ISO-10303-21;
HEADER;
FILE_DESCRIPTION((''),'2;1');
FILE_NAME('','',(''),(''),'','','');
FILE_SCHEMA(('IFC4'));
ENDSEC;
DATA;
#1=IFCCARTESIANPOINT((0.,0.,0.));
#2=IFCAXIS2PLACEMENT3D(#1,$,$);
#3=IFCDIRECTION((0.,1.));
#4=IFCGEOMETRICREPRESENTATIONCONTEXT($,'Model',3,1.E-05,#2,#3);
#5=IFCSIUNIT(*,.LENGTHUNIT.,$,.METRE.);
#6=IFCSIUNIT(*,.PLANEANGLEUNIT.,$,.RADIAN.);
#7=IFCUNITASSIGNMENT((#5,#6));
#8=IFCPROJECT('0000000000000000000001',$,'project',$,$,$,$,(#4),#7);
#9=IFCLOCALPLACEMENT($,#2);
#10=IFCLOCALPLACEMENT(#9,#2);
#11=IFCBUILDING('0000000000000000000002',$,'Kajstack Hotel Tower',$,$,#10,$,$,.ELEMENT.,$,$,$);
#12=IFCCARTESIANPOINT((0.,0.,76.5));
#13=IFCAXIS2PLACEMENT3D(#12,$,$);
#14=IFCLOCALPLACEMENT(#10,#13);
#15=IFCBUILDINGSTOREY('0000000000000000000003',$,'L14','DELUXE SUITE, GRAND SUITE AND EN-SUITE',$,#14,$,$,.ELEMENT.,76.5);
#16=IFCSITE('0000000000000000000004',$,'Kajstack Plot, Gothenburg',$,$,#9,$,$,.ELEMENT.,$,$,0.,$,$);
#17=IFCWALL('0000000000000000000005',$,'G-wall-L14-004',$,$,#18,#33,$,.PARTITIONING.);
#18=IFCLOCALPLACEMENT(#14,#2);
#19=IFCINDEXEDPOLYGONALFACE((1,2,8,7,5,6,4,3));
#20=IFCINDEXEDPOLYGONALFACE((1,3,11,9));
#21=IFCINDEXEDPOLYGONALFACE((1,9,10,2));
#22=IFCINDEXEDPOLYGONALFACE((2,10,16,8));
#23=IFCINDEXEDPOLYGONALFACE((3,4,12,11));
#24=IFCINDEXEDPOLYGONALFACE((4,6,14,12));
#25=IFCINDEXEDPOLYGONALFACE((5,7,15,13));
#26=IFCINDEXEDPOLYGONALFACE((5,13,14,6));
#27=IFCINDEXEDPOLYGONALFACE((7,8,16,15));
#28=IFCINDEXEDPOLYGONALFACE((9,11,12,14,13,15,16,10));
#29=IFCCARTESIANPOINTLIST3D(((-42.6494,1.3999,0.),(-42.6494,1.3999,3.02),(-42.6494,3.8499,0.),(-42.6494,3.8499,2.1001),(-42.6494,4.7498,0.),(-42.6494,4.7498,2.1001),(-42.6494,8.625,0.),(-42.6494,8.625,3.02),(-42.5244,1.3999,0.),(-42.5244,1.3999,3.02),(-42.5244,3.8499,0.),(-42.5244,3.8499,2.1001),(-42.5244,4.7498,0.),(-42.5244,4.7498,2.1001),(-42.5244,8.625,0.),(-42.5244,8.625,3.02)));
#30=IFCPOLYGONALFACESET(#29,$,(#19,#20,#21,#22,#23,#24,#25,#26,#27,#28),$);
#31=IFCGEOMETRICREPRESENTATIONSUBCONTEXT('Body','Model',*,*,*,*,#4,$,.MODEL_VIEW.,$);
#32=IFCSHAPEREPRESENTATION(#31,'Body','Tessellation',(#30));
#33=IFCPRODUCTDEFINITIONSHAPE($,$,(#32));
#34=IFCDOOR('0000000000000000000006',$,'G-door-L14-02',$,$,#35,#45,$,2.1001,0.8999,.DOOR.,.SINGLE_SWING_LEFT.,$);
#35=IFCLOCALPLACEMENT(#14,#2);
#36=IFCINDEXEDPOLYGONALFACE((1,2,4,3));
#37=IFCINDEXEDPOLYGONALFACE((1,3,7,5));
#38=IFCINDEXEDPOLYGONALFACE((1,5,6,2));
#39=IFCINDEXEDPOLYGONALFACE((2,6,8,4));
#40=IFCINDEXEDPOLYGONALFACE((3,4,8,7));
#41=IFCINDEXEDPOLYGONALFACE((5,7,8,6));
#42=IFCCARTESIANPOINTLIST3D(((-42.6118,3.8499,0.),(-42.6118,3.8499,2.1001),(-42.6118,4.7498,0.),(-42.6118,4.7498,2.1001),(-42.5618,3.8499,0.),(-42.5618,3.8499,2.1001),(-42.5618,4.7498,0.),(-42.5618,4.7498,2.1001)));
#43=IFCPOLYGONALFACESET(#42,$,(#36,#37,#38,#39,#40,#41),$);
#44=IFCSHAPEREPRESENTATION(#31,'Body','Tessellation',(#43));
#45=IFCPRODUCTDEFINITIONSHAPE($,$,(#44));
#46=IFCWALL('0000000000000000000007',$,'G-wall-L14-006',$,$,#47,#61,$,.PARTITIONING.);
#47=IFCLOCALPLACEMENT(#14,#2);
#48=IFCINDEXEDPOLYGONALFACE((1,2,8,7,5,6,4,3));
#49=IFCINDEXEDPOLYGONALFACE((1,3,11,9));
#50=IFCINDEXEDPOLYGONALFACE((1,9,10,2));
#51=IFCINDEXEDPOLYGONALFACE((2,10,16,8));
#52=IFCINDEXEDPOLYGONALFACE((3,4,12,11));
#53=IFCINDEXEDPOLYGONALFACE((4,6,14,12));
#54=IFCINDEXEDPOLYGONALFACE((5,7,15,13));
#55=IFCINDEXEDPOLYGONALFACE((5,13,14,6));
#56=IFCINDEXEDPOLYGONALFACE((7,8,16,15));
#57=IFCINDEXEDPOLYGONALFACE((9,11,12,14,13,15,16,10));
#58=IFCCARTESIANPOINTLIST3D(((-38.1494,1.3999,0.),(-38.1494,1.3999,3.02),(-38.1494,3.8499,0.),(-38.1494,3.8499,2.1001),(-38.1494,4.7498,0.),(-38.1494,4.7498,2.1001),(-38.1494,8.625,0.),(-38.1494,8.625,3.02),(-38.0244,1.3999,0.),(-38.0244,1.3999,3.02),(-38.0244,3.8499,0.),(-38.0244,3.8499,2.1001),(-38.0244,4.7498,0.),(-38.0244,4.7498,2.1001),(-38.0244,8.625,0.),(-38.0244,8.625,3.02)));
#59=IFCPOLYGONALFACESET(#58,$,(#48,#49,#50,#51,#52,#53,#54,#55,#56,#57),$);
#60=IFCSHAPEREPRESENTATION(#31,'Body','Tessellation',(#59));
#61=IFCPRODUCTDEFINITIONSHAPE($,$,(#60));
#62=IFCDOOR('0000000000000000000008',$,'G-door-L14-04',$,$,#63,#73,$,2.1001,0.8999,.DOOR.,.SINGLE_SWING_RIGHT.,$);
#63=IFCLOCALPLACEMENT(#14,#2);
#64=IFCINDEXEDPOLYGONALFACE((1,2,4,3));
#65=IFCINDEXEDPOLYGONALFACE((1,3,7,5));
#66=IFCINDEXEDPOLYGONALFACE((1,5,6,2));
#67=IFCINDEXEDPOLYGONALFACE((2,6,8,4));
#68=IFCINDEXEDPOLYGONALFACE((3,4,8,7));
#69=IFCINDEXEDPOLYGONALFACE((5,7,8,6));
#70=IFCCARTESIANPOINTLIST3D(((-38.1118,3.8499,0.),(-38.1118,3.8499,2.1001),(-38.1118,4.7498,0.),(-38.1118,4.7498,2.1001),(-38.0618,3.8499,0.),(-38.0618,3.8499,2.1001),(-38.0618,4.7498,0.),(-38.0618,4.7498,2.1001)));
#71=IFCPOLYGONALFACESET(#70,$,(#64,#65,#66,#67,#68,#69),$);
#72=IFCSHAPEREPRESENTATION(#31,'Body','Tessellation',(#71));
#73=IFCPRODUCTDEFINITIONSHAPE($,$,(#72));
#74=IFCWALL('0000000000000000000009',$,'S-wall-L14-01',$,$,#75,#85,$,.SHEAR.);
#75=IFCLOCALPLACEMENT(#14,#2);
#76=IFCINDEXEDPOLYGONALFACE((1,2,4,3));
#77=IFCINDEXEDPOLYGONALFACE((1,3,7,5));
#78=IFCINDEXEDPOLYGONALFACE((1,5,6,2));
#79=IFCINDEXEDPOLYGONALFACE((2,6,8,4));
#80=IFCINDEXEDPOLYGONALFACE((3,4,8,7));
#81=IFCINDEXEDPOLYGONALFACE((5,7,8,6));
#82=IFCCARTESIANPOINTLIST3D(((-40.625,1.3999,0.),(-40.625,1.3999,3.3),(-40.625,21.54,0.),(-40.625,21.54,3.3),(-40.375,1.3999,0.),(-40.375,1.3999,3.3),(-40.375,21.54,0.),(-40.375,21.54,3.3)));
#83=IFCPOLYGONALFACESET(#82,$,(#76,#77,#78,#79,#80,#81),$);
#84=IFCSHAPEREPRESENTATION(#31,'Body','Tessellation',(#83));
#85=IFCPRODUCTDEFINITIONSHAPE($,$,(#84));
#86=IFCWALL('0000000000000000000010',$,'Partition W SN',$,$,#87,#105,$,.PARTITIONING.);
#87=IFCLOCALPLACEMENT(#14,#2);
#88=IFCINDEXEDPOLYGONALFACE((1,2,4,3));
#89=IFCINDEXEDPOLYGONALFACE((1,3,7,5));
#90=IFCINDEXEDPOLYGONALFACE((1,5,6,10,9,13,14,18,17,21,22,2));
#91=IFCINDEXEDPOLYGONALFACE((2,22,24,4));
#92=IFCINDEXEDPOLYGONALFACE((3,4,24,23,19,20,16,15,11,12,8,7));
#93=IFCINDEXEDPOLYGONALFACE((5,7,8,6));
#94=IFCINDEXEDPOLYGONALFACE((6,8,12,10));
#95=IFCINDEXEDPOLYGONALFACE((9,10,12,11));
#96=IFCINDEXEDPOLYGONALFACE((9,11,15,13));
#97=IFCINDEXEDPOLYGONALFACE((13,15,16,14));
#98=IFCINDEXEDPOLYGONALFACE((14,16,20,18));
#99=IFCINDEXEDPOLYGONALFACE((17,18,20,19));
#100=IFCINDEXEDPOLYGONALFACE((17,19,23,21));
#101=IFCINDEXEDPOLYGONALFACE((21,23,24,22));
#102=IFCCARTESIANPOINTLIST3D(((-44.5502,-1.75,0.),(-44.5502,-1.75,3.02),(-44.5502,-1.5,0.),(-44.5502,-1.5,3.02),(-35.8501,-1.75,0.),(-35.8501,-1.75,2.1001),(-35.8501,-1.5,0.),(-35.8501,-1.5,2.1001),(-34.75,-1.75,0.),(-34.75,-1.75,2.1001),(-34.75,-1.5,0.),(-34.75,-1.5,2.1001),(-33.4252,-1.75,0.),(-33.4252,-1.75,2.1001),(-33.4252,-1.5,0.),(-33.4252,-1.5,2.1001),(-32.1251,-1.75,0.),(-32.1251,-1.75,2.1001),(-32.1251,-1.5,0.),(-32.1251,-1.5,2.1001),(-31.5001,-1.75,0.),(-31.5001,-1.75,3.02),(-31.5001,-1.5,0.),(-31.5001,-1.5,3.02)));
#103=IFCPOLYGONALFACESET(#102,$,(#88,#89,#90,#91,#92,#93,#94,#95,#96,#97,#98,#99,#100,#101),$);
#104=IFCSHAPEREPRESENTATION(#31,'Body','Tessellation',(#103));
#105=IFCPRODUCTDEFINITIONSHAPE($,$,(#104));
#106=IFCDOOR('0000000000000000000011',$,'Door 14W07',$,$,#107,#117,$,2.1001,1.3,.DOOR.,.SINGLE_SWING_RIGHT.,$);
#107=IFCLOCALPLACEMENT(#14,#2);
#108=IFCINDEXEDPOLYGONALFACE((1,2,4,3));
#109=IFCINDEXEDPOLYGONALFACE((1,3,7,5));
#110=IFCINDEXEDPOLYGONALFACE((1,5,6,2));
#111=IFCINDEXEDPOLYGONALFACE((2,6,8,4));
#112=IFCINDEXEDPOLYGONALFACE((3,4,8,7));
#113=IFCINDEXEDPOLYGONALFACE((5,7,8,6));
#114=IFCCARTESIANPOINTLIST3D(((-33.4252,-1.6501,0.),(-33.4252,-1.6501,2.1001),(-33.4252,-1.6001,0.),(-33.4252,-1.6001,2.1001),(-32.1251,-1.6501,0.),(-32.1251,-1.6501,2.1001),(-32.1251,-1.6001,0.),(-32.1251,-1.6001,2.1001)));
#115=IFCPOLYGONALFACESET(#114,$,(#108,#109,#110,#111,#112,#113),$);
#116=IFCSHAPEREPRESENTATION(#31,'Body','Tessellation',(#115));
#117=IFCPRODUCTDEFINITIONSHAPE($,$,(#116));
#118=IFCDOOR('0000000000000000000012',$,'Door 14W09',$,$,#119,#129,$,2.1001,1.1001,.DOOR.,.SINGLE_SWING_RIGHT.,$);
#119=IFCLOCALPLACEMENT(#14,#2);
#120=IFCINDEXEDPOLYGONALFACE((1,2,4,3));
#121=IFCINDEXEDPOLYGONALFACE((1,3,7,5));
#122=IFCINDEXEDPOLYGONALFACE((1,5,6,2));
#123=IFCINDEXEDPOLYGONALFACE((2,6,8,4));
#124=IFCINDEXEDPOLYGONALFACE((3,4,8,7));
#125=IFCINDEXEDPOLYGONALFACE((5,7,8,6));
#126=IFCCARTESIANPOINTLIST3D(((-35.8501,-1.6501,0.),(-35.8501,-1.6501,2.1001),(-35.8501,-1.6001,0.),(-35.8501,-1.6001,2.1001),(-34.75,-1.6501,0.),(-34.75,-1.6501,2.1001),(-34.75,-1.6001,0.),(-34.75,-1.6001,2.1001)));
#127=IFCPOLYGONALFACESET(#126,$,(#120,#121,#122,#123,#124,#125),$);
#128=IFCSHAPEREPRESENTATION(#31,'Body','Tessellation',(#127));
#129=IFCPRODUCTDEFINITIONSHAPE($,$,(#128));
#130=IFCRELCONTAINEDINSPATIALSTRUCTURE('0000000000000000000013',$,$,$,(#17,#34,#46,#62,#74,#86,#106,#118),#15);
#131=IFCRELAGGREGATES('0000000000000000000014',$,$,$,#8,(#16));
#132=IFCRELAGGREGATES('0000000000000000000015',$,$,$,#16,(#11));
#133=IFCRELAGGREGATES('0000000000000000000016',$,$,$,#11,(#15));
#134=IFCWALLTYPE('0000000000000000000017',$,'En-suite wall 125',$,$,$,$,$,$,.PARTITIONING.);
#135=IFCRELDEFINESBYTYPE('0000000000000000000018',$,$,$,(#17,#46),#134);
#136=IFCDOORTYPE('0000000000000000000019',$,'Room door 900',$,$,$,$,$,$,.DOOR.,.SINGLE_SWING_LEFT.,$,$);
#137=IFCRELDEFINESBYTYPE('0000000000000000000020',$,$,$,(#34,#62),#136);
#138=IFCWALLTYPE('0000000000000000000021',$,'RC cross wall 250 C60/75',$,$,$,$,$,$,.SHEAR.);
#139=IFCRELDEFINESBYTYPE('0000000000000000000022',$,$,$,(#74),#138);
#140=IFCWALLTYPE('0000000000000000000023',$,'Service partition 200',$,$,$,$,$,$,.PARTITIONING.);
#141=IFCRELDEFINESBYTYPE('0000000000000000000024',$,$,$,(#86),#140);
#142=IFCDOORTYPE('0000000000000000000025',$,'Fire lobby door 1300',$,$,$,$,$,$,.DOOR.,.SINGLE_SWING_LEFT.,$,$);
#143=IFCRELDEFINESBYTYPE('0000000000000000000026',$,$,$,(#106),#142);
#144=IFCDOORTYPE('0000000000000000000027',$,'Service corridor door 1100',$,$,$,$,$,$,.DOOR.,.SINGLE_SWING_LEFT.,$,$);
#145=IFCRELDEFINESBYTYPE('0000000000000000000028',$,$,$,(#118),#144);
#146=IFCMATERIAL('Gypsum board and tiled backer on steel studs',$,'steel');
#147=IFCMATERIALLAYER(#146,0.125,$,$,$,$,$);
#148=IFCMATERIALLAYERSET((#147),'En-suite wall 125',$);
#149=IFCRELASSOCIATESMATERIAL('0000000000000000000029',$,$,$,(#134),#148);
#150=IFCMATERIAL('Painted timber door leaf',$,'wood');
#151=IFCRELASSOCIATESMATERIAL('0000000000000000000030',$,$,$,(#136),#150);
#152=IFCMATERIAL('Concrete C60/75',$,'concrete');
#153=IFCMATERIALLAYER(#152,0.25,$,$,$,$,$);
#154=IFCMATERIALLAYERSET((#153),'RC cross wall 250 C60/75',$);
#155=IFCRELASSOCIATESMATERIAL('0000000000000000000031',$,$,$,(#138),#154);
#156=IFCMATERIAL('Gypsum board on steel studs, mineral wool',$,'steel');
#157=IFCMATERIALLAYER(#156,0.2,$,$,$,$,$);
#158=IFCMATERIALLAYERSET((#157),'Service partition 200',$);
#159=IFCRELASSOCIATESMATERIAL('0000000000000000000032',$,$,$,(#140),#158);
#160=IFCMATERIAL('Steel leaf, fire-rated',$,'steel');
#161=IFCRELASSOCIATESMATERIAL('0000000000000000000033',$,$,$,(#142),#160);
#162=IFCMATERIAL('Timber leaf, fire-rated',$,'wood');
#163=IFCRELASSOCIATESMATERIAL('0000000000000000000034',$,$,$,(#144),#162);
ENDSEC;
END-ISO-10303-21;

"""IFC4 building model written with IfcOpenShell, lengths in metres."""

from ifc_helpers import new_model, si_unit, direction, frame, frame_2d, origin, place, context, subcontext, project, spatial, rectangle, extrude, material, layer, layer_set, type_object, element, fill, save


model = new_model("IFC4")

# Units and contexts
model_context = context("Model", 3, precision=1e-05, world=origin(), true_north=direction((0.0, 1.0)))
body_context = subcontext(model_context, "Body", "Model", "MODEL_VIEW")
ifc_project = project(units=[si_unit("LENGTHUNIT", "METRE"), si_unit("PLANEANGLEUNIT", "RADIAN")], contexts=[model_context])

# Site, building, storey
site_placement = place(None, origin())
site = spatial("IfcSite", under=ifc_project, at=site_placement, Name="Kajstack Plot, Gothenburg", CompositionType="ELEMENT", RefElevation=0.0)
building_placement = place(site_placement, origin())
building = spatial("IfcBuilding", under=site, at=building_placement, Name="Kajstack Hotel Tower", CompositionType="ELEMENT")
storey_placement = place(building_placement, frame((0.0, 0.0, 76.5)))
storey = spatial("IfcBuildingStorey", under=building, at=storey_placement, Name="L14", Description="DELUXE SUITE, GRAND SUITE AND EN-SUITE", CompositionType="ELEMENT", Elevation=76.5)

# Shared definitions
ifc_material_1 = material(Name="Gypsum board on steel studs, mineral wool", Category="steel")

# Walls, openings, doors
ifc_material_2 = material(Name="Gypsum board and tiled backer on steel studs", Category="steel")
ifc_layer_1 = layer(ifc_material_2, 0.125)
ifc_layer_set_1 = layer_set([ifc_layer_1], Name="En-suite wall 125")
wall_type_1 = type_object("IfcWallType", Name="En-suite wall 125", PredefinedType="PARTITIONING", material=ifc_layer_set_1)
wall_1_placement = place(storey_placement, frame((-42.5869, 1.3999, 0.0), z_axis=(0.0, 0.0, 1.0), x_axis=(0.0, 1.0, 0.0)))
wall_1 = element("IfcWall", 1, at=wall_1_placement, inside=storey, type_object=wall_type_1, Name="G-wall-L14-004", PredefinedType="PARTITIONING", context=body_context, shape_type="SweptSolid", body=[
    extrude(rectangle(XDim=7.2251, YDim=0.125, at=frame_2d((3.6125, 0.0))), origin(), (0.0, 0.0, 1.0), 3.02),
])
opening_1_placement = place(wall_1_placement, frame((2.45, 0.0, 0.0)))
opening_1 = element("IfcOpeningElement", 2, at=opening_1_placement, cuts=wall_1, PredefinedType="OPENING", context=body_context, shape_type="SweptSolid", body=[
    extrude(rectangle(XDim=0.8999, YDim=2.1001, at=frame_2d((0.45, 1.05))), frame((0.0, 0.0725, 0.0), z_axis=(0.0, -1.0, 0.0), x_axis=(1.0, 0.0, 0.0)), (0.0, 0.0, 1.0), 0.145),
])
ifc_material_3 = material(Name="Painted timber door leaf", Category="wood")
door_type_1 = type_object("IfcDoorType", Name="Room door 900", OperationType="SINGLE_SWING_LEFT", PredefinedType="DOOR", material=ifc_material_3)
door_1_placement = place(opening_1_placement, origin())
door_1 = element("IfcDoor", 3, at=door_1_placement, inside=storey, type_object=door_type_1, Name="G-door-L14-02", OperationType="SINGLE_SWING_LEFT", OverallHeight=2.1001, OverallWidth=0.8999, PredefinedType="DOOR", context=body_context, shape_type="SweptSolid", body=[
    extrude(rectangle(XDim=0.8999, YDim=2.1001, at=frame_2d((0.45, 1.05))), frame((0.0, 0.0249, 0.0), z_axis=(0.0, -1.0, 0.0), x_axis=(1.0, 0.0, 0.0)), (0.0, 0.0, 1.0), 0.05),
])
fill(opening_1, door_1)
wall_2_placement = place(storey_placement, frame((-38.0869, 1.3999, 0.0), z_axis=(0.0, 0.0, 1.0), x_axis=(0.0, 1.0, 0.0)))
wall_2 = element("IfcWall", 4, at=wall_2_placement, inside=storey, type_object=wall_type_1, Name="G-wall-L14-006", PredefinedType="PARTITIONING", context=body_context, shape_type="SweptSolid", body=[
    extrude(rectangle(XDim=7.2251, YDim=0.125, at=frame_2d((3.6125, 0.0))), origin(), (0.0, 0.0, 1.0), 3.02),
])
opening_2_placement = place(wall_2_placement, frame((2.45, 0.0, 0.0)))
opening_2 = element("IfcOpeningElement", 5, at=opening_2_placement, cuts=wall_2, PredefinedType="OPENING", context=body_context, shape_type="SweptSolid", body=[
    extrude(rectangle(XDim=0.8999, YDim=2.1001, at=frame_2d((0.45, 1.05))), frame((0.0, 0.0725, 0.0), z_axis=(0.0, -1.0, 0.0), x_axis=(1.0, 0.0, 0.0)), (0.0, 0.0, 1.0), 0.145),
])
door_2_placement = place(opening_2_placement, origin())
door_2 = element("IfcDoor", 6, at=door_2_placement, inside=storey, type_object=door_type_1, Name="G-door-L14-04", OperationType="SINGLE_SWING_RIGHT", OverallHeight=2.1001, OverallWidth=0.8999, PredefinedType="DOOR", context=body_context, shape_type="SweptSolid", body=[
    extrude(rectangle(XDim=0.8999, YDim=2.1001, at=frame_2d((0.45, 1.05))), frame((0.0, 0.0249, 0.0), z_axis=(0.0, -1.0, 0.0), x_axis=(1.0, 0.0, 0.0)), (0.0, 0.0, 1.0), 0.05),
])
fill(opening_2, door_2)

# Wall
ifc_material_4 = material(Name="Concrete C60/75", Category="concrete")
ifc_layer_2 = layer(ifc_material_4, 0.25)
ifc_layer_set_2 = layer_set([ifc_layer_2], Name="RC cross wall 250 C60/75")
wall_type_2 = type_object("IfcWallType", Name="RC cross wall 250 C60/75", PredefinedType="SHEAR", material=ifc_layer_set_2)
wall_3_placement = place(storey_placement, frame((-40.5, 1.3999, 0.0), z_axis=(0.0, 0.0, 1.0), x_axis=(0.0, 1.0, 0.0)))
element("IfcWall", 7, at=wall_3_placement, inside=storey, type_object=wall_type_2, Name="S-wall-L14-01", PredefinedType="SHEAR", context=body_context, shape_type="SweptSolid", body=[
    extrude(rectangle(XDim=20.1401, YDim=0.25, at=frame_2d((10.0701, 0.0))), origin(), (0.0, 0.0, 1.0), 3.3),
])

# Wall, openings, doors
ifc_layer_3 = layer(ifc_material_1, 0.2)
ifc_layer_set_3 = layer_set([ifc_layer_3], Name="Service partition 200")
wall_type_3 = type_object("IfcWallType", Name="Service partition 200", PredefinedType="PARTITIONING", material=ifc_layer_set_3)
wall_4_placement = place(storey_placement, frame((-44.55, -1.625, 0.0), z_axis=(0.0, 0.0, 1.0), x_axis=(1.0, 0.0, 0.0)))
wall_4 = element("IfcWall", 8, at=wall_4_placement, inside=storey, type_object=wall_type_3, Name="Partition W SN", PredefinedType="PARTITIONING", context=body_context, shape_type="SweptSolid", body=[
    extrude(rectangle(XDim=13.05, YDim=0.25, at=frame_2d((6.5249, 0.0))), origin(), (0.0, 0.0, 1.0), 3.02),
])
opening_3_placement = place(wall_4_placement, frame((11.125, 0.0, 0.0)))
opening_3 = element("IfcOpeningElement", 9, at=opening_3_placement, cuts=wall_4, PredefinedType="OPENING", context=body_context, shape_type="SweptSolid", body=[
    extrude(rectangle(XDim=1.3, YDim=2.1001, at=frame_2d((0.6499, 1.05))), frame((0.0, 0.135, 0.0), z_axis=(0.0, -1.0, 0.0), x_axis=(1.0, 0.0, 0.0)), (0.0, 0.0, 1.0), 0.27),
])
opening_4_placement = place(wall_4_placement, frame((8.7, 0.0, 0.0)))
opening_4 = element("IfcOpeningElement", 10, at=opening_4_placement, cuts=wall_4, PredefinedType="OPENING", context=body_context, shape_type="SweptSolid", body=[
    extrude(rectangle(XDim=1.1001, YDim=2.1001, at=frame_2d((0.55, 1.05))), frame((0.0, 0.135, 0.0), z_axis=(0.0, -1.0, 0.0), x_axis=(1.0, 0.0, 0.0)), (0.0, 0.0, 1.0), 0.27),
])
ifc_material_5 = material(Name="Steel leaf, fire-rated", Category="steel")
door_type_2 = type_object("IfcDoorType", Name="Fire lobby door 1300", OperationType="SINGLE_SWING_LEFT", PredefinedType="DOOR", material=ifc_material_5)
door_3_placement = place(opening_3_placement, origin())
door_3 = element("IfcDoor", 11, at=door_3_placement, inside=storey, type_object=door_type_2, Name="Door 14W07", OperationType="SINGLE_SWING_RIGHT", OverallHeight=2.1001, OverallWidth=1.3, PredefinedType="DOOR", context=body_context, shape_type="SweptSolid", body=[
    extrude(rectangle(XDim=1.3, YDim=2.1001, at=frame_2d((0.6499, 1.05))), frame((0.0, 0.0249, 0.0), z_axis=(0.0, -1.0, 0.0), x_axis=(1.0, 0.0, 0.0)), (0.0, 0.0, 1.0), 0.05),
])
fill(opening_3, door_3)
ifc_material_6 = material(Name="Timber leaf, fire-rated", Category="wood")
door_type_3 = type_object("IfcDoorType", Name="Service corridor door 1100", OperationType="SINGLE_SWING_LEFT", PredefinedType="DOOR", material=ifc_material_6)
door_4_placement = place(opening_4_placement, origin())
door_4 = element("IfcDoor", 12, at=door_4_placement, inside=storey, type_object=door_type_3, Name="Door 14W09", OperationType="SINGLE_SWING_RIGHT", OverallHeight=2.1001, OverallWidth=1.1001, PredefinedType="DOOR", context=body_context, shape_type="SweptSolid", body=[
    extrude(rectangle(XDim=1.1001, YDim=2.1001, at=frame_2d((0.55, 1.05))), frame((0.0, 0.0249, 0.0), z_axis=(0.0, -1.0, 0.0), x_axis=(1.0, 0.0, 0.0)), (0.0, 0.0, 1.0), 0.05),
])
fill(opening_4, door_4)

save(model, "model.ifc")
